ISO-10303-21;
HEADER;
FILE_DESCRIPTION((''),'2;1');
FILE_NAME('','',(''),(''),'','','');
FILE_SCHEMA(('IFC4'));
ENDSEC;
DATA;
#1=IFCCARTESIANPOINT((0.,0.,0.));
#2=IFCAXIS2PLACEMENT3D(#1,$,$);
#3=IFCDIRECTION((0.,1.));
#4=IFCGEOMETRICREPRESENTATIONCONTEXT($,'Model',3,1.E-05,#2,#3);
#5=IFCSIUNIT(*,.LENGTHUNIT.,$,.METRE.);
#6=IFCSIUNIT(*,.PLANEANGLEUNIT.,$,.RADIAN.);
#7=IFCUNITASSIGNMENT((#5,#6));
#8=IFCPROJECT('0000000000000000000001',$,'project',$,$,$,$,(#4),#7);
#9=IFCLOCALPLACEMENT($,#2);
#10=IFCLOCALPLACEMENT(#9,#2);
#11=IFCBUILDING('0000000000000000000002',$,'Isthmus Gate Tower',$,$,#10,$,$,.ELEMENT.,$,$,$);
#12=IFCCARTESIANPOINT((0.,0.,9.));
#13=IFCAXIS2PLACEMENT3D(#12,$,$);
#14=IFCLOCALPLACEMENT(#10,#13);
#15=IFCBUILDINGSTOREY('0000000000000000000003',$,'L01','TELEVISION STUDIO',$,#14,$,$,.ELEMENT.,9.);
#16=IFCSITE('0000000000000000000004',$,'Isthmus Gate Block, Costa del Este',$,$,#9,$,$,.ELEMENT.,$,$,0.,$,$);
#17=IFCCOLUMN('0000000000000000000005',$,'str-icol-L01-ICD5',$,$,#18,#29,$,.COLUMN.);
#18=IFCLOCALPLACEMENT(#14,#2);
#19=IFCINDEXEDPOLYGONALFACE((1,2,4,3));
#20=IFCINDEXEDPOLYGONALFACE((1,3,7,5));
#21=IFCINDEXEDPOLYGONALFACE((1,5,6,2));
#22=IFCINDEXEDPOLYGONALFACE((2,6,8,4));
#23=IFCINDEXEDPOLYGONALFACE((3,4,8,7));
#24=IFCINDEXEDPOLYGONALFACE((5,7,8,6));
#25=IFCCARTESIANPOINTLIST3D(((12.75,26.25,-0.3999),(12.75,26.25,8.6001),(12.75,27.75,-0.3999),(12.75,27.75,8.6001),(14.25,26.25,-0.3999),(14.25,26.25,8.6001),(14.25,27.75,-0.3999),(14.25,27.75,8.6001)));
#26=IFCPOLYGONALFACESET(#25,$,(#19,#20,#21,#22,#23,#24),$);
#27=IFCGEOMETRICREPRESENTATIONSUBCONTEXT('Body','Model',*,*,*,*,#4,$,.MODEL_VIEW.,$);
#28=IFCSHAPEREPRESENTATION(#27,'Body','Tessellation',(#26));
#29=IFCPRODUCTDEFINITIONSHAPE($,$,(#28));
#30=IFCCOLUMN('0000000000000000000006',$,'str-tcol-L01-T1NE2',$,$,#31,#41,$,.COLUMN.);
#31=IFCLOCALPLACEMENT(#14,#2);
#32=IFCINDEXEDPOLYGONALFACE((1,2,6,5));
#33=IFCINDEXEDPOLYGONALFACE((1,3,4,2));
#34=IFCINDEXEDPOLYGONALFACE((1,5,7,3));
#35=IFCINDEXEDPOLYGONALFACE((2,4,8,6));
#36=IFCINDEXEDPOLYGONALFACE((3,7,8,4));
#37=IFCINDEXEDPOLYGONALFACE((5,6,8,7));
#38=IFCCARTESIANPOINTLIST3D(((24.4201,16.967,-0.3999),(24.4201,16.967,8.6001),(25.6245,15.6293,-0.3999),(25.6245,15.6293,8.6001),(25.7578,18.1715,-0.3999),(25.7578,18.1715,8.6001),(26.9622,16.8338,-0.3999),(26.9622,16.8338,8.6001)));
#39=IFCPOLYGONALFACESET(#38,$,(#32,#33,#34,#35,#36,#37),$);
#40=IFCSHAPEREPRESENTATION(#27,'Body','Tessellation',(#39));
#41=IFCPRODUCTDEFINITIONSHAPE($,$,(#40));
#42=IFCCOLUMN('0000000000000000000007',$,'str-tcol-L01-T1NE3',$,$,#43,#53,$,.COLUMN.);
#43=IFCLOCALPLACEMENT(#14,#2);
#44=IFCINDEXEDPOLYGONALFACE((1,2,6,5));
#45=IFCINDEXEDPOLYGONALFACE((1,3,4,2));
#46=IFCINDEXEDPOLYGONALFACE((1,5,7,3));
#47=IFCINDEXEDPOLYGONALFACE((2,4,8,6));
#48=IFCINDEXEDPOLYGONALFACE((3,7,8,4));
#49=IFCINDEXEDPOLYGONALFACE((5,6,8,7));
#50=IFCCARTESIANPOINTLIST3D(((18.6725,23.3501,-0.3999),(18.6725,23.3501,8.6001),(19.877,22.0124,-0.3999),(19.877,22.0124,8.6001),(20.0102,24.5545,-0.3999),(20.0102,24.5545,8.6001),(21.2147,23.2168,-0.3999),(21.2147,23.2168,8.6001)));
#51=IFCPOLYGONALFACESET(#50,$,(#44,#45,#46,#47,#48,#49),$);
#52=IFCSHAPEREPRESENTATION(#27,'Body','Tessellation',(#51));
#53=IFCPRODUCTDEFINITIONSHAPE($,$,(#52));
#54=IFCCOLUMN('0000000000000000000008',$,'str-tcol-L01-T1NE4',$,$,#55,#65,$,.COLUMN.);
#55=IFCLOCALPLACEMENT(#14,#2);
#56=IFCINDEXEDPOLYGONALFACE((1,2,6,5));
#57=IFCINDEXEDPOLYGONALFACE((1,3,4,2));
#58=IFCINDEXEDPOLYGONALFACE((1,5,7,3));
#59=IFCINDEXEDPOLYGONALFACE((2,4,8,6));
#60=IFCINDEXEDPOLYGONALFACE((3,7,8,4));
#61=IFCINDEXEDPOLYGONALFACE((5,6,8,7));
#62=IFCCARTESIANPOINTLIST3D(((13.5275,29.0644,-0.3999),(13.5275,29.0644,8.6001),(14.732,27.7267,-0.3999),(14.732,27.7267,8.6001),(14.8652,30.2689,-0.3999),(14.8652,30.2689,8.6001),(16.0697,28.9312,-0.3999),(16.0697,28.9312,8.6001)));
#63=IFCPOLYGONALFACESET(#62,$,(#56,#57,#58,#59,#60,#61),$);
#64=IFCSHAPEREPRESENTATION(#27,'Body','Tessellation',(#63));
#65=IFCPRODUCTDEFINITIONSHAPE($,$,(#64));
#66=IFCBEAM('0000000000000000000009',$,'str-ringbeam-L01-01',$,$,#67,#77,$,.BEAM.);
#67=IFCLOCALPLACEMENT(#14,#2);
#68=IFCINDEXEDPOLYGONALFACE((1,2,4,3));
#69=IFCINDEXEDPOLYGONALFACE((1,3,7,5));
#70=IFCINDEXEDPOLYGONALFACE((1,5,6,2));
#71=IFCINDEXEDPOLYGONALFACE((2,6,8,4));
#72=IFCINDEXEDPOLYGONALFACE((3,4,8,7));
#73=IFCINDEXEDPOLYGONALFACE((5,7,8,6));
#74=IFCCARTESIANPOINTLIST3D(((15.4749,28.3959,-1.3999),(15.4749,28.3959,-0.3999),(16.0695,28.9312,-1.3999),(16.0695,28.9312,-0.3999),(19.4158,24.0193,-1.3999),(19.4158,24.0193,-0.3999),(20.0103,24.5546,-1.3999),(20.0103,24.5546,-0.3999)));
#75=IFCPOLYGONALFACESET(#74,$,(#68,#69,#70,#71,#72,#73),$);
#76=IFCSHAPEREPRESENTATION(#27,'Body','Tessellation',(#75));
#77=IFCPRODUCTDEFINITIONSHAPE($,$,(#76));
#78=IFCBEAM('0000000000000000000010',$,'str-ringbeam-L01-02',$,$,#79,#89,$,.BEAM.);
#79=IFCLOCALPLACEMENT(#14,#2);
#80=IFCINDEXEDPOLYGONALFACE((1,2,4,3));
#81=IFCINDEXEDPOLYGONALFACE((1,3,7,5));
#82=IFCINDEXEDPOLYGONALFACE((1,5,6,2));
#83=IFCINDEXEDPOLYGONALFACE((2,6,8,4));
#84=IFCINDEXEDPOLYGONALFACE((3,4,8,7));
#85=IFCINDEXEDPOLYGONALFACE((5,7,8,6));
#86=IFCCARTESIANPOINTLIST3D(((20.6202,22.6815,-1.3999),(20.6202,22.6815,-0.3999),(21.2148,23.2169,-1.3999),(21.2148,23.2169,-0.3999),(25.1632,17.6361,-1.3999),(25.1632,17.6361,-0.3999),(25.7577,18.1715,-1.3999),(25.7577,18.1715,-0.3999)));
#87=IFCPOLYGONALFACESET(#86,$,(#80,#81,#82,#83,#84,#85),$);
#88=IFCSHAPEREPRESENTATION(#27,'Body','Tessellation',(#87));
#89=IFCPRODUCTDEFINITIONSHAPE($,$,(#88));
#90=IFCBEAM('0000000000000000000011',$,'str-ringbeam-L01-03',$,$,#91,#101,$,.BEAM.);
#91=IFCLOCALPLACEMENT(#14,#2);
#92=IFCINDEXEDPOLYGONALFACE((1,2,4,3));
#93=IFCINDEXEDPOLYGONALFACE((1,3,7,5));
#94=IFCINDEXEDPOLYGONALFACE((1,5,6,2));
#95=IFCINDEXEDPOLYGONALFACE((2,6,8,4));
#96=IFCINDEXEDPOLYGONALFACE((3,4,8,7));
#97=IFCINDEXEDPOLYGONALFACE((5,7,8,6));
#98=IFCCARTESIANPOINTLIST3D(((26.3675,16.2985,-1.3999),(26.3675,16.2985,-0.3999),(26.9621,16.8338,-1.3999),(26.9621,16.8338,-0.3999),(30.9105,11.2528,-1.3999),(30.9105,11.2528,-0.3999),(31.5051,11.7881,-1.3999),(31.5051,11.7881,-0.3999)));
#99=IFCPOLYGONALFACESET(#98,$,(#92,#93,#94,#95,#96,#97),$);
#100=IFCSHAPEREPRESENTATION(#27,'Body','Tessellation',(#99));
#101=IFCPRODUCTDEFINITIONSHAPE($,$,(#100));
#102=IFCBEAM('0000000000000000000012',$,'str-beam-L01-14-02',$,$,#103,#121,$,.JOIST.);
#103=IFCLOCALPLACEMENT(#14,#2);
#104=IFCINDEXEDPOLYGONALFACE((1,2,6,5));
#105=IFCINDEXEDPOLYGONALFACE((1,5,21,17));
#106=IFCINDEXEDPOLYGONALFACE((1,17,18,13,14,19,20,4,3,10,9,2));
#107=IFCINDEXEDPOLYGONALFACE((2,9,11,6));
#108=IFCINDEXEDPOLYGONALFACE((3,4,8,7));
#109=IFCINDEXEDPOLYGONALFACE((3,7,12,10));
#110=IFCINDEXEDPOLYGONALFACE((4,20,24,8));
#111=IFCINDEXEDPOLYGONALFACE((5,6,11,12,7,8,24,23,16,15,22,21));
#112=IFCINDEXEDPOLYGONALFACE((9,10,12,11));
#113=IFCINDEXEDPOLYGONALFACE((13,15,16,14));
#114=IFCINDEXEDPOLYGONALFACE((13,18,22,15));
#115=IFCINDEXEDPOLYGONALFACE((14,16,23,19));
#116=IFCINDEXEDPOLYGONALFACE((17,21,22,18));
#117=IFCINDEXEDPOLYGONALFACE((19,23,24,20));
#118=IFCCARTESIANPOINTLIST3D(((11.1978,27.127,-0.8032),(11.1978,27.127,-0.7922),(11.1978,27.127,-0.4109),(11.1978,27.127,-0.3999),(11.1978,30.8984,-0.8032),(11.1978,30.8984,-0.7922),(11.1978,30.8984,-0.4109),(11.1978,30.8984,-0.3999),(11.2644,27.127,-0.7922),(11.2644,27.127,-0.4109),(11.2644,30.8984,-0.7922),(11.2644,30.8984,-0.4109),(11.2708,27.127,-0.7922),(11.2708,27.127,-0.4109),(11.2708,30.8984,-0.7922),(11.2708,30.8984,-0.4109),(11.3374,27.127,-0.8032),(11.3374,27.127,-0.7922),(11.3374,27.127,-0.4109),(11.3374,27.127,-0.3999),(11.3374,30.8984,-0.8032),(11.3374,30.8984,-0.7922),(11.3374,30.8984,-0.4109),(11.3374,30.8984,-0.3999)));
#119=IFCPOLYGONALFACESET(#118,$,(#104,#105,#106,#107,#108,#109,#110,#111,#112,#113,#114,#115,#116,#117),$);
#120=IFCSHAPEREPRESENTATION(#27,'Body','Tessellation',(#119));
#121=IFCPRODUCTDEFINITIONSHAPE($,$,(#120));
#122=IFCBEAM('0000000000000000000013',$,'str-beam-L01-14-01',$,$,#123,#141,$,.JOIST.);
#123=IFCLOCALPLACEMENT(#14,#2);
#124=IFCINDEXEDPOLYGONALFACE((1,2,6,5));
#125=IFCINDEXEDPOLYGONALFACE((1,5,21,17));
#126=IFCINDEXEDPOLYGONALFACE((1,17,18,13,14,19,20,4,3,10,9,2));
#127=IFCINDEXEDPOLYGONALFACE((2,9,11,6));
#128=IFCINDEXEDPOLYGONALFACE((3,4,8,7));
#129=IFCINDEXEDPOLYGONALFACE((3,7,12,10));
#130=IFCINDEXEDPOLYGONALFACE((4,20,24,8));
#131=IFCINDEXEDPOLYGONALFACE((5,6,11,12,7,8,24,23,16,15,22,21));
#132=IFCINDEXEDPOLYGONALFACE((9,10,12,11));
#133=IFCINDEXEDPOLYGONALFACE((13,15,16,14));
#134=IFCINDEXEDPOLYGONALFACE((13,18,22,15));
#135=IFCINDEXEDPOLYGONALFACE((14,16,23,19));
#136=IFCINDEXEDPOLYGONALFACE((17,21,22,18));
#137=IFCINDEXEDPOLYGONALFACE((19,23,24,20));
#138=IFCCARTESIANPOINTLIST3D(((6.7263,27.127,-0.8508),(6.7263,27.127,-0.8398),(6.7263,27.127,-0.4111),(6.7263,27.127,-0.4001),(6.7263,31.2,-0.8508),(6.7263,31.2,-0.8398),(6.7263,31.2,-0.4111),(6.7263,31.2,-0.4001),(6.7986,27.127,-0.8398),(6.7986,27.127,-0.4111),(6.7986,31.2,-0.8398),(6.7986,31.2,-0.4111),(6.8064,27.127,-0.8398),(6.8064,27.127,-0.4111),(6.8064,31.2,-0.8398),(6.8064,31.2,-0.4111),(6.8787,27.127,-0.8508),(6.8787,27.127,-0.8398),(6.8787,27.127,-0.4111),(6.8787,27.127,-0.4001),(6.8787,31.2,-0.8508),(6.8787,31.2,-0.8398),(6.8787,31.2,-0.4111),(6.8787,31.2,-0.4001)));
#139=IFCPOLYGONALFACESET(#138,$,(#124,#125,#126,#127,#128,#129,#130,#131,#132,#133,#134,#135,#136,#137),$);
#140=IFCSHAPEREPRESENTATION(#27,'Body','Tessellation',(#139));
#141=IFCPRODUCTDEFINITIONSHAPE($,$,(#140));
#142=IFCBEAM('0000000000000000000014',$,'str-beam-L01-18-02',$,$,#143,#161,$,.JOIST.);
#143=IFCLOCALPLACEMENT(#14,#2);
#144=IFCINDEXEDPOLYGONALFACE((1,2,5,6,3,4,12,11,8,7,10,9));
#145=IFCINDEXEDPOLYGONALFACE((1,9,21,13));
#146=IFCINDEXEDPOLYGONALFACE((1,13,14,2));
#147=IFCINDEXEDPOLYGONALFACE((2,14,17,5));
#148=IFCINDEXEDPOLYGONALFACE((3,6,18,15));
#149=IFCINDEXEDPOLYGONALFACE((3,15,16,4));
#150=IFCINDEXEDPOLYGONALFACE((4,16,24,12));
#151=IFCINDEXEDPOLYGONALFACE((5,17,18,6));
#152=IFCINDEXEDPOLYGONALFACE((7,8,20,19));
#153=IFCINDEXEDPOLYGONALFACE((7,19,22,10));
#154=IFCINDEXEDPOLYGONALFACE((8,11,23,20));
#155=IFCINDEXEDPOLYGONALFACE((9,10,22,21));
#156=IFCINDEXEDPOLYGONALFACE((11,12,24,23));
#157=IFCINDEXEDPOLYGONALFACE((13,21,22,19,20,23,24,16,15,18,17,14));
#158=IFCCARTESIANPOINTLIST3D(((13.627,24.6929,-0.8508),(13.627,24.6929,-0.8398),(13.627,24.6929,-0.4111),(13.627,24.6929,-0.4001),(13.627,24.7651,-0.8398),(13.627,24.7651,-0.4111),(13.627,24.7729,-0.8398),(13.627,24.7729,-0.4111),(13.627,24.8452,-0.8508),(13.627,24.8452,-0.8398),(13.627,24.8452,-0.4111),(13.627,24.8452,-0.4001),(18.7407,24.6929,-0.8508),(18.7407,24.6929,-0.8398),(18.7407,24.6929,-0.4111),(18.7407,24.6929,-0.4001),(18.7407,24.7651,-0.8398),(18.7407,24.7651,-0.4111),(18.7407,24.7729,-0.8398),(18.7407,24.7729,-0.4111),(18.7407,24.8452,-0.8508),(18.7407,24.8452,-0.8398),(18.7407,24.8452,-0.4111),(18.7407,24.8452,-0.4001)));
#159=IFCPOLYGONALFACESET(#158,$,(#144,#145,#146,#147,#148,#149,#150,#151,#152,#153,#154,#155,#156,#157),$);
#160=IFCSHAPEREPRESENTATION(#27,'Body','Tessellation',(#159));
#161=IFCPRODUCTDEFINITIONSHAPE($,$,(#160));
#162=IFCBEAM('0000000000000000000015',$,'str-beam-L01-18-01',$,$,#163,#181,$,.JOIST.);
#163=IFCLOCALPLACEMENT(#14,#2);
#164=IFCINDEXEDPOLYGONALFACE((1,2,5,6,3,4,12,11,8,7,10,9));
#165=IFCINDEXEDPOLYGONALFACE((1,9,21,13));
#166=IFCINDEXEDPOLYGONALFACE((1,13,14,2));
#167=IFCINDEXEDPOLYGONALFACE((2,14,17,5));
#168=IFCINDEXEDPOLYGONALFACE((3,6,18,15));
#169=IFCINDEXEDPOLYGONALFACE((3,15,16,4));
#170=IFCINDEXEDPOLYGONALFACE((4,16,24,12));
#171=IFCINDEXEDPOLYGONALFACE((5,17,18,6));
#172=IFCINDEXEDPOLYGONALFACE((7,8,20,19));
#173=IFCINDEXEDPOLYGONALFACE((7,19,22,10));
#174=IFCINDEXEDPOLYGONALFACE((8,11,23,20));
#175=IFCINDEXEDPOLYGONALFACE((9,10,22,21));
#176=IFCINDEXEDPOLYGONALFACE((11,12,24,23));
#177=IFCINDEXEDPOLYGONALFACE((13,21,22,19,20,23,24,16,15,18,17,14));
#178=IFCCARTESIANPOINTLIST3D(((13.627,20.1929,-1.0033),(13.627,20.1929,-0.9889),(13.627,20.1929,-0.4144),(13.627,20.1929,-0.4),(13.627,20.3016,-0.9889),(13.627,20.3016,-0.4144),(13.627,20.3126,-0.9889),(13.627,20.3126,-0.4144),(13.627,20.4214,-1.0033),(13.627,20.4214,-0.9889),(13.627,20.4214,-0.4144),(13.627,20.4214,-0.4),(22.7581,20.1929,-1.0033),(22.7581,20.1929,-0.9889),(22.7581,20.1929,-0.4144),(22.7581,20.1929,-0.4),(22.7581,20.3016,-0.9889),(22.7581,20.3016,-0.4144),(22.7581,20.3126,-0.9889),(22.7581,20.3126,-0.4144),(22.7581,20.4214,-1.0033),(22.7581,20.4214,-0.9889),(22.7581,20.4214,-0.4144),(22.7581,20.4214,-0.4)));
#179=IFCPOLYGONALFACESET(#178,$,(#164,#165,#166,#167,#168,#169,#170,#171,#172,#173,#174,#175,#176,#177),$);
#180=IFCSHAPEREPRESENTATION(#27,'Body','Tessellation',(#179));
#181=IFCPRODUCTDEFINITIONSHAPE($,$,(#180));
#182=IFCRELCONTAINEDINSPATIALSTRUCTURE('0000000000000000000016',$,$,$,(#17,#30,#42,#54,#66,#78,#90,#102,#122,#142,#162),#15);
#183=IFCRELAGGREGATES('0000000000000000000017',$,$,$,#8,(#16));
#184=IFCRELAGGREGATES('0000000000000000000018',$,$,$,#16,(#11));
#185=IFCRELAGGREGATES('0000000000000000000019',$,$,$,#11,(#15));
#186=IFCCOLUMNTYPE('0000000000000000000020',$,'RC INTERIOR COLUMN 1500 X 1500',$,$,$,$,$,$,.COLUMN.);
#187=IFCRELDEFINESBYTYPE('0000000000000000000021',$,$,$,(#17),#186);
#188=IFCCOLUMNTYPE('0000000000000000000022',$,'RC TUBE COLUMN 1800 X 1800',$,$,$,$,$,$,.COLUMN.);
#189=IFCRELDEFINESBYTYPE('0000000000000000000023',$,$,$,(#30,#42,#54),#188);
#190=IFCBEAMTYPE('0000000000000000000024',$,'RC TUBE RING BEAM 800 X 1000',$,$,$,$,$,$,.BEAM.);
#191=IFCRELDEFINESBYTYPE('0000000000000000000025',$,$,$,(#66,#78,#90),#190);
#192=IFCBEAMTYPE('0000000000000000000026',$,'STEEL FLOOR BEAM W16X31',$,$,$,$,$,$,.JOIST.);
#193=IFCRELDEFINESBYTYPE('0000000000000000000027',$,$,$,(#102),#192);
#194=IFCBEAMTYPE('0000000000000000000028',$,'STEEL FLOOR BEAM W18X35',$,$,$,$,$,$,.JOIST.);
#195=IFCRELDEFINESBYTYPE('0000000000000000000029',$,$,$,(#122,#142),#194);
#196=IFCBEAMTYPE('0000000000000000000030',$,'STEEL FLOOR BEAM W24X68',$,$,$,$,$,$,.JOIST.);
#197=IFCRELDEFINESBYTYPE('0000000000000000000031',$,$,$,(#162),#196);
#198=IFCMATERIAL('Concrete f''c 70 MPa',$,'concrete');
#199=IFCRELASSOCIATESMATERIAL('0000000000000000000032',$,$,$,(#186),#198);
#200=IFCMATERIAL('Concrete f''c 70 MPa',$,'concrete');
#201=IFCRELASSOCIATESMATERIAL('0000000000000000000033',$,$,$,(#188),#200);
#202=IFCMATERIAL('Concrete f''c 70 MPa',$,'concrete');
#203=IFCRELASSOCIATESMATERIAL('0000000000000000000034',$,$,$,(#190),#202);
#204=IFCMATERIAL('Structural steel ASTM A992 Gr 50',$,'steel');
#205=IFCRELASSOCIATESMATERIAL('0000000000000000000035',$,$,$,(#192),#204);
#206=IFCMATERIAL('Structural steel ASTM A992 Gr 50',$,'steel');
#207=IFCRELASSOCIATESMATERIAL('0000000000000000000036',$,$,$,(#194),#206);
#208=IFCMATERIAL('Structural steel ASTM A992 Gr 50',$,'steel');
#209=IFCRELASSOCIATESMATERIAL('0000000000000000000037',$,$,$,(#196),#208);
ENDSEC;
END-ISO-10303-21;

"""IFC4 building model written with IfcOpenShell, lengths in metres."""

from ifc_helpers import new_model, si_unit, direction, frame, origin, origin_2d, place, context, subcontext, project, spatial, rectangle, i_section, extrude, material, material_profile, profile_set, type_object, element, save


model = new_model("IFC4")

# Units and contexts
model_context = context("Model", 3, precision=1e-05, world=origin(), true_north=direction((0.0, 1.0)))
body_context = subcontext(model_context, "Body", "Model", "MODEL_VIEW")
ifc_project = project(units=[si_unit("LENGTHUNIT", "METRE"), si_unit("PLANEANGLEUNIT", "RADIAN")], contexts=[model_context])

# Site, building, storey
site_placement = place(None, origin())
site = spatial("IfcSite", under=ifc_project, at=site_placement, Name="Isthmus Gate Block, Costa del Este", CompositionType="ELEMENT", RefElevation=0.0)
building_placement = place(site_placement, origin())
building = spatial("IfcBuilding", under=site, at=building_placement, Name="Isthmus Gate Tower", CompositionType="ELEMENT")
storey_placement = place(building_placement, frame((0.0, 0.0, 9.0)))
storey = spatial("IfcBuildingStorey", under=building, at=storey_placement, Name="L01", Description="TELEVISION STUDIO", CompositionType="ELEMENT", Elevation=9.0)

# Columns
ifc_material_1 = material(Name="Concrete f'c 70 MPa", Category="concrete")
ifc_material_profile_1 = material_profile(ifc_material_1, rectangle(XDim=1.5, YDim=1.5, at=origin_2d()), Name="RC 1500X1500")
ifc_profile_set_1 = profile_set([ifc_material_profile_1], Name="Concrete f'c 70 MPa")
column_type_1 = type_object("IfcColumnType", Name="RC INTERIOR COLUMN 1500 X 1500", PredefinedType="COLUMN", material=ifc_profile_set_1)
column_placement = place(storey_placement, frame((13.5, 27.0, -0.3999), z_axis=(0.0, 0.0, 1.0), x_axis=(1.0, 0.0, 0.0)))
element("IfcColumn", 1, at=column_placement, inside=storey, type_object=column_type_1, Name="str-icol-L01-ICD5", PredefinedType="COLUMN", context=body_context, shape_type="SweptSolid", body=[
    extrude(rectangle(XDim=1.5, YDim=1.5, at=origin_2d()), origin(), (0.0, 0.0, 1.0), 9.0),
])
ifc_material_2 = material(Name="Concrete f'c 70 MPa", Category="concrete")
ifc_material_profile_2 = material_profile(ifc_material_2, rectangle(XDim=1.8, YDim=1.8, at=origin_2d()), Name="RC 1800X1800")
ifc_profile_set_2 = profile_set([ifc_material_profile_2], Name="Concrete f'c 70 MPa")
column_type_2 = type_object("IfcColumnType", Name="RC TUBE COLUMN 1800 X 1800", PredefinedType="COLUMN", material=ifc_profile_set_2)
for number, where, z_axis, x_axis, name in (
    (2, (25.6912, 16.9004, -0.3999), (0.0, 0.0, 1.0), (-0.669131, 0.743145, 0.0), "str-tcol-L01-T1NE2"),
    (3, (19.9436, 23.2834, -0.3999), (0.0, 0.0, 1.0), (-0.669131, 0.743145, 0.0), "str-tcol-L01-T1NE3"),
    (4, (14.7986, 28.9978, -0.3999), (0.0, 0.0, 1.0), (-0.669131, 0.743145, 0.0), "str-tcol-L01-T1NE4"),
):
    element("IfcColumn", number, at=place(storey_placement, frame(where, z_axis=z_axis, x_axis=x_axis)), inside=storey, type_object=column_type_2, Name=name, PredefinedType="COLUMN", context=body_context, shape_type="SweptSolid", body=[
        extrude(rectangle(XDim=1.8, YDim=1.8, at=origin_2d()), origin(), (0.0, 0.0, 1.0), 9.0),
    ])

# Beams
ifc_material_3 = material(Name="Concrete f'c 70 MPa", Category="concrete")
ifc_material_profile_3 = material_profile(ifc_material_3, rectangle(XDim=0.8, YDim=1.0, at=origin_2d()), Name="RC 800X1000")
ifc_profile_set_3 = profile_set([ifc_material_profile_3], Name="Concrete f'c 70 MPa")
beam_type_1 = type_object("IfcBeamType", Name="RC TUBE RING BEAM 800 X 1000", PredefinedType="BEAM", material=ifc_profile_set_3)
beam_1_placement = place(storey_placement, frame((15.7722, 28.6636, -0.8999), z_axis=(0.669141, -0.743135, 0.0), x_axis=(0.743135, 0.669141, 0.0)))
element("IfcBeam", 5, at=beam_1_placement, inside=storey, type_object=beam_type_1, Name="str-ringbeam-L01-01", PredefinedType="BEAM", context=body_context, shape_type="SweptSolid", body=[
    extrude(rectangle(XDim=0.8, YDim=1.0, at=origin_2d()), origin(), (0.0, 0.0, 1.0), 5.8894),
])
beam_2_placement = place(storey_placement, frame((20.9175, 22.9492, -0.8999), z_axis=(0.669136, -0.74314, 0.0), x_axis=(0.74314, 0.669136, 0.0)))
element("IfcBeam", 6, at=beam_2_placement, inside=storey, type_object=beam_type_1, Name="str-ringbeam-L01-02", PredefinedType="BEAM", context=body_context, shape_type="SweptSolid", body=[
    extrude(rectangle(XDim=0.8, YDim=1.0, at=origin_2d()), origin(), (0.0, 0.0, 1.0), 6.7893),
])
beam_3_placement = place(storey_placement, frame((26.6648, 16.5662, -0.8999), z_axis=(0.669118, -0.743156, 0.0), x_axis=(0.743156, 0.669118, 0.0)))
element("IfcBeam", 7, at=beam_3_placement, inside=storey, type_object=beam_type_1, Name="str-ringbeam-L01-03", PredefinedType="BEAM", context=body_context, shape_type="SweptSolid", body=[
    extrude(rectangle(XDim=0.8, YDim=1.0, at=origin_2d()), origin(), (0.0, 0.0, 1.0), 6.7896),
])
ifc_material_4 = material(Name="Structural steel ASTM A992 Gr 50", Category="steel")
ifc_material_profile_4 = material_profile(ifc_material_4, i_section(OverallWidth=0.1396, OverallDepth=0.4033, WebThickness=0.0063, FlangeThickness=0.011, at=origin_2d()), Name="W16X31")
ifc_profile_set_4 = profile_set([ifc_material_profile_4], Name="Structural steel ASTM A992 Gr 50")
beam_type_2 = type_object("IfcBeamType", Name="STEEL FLOOR BEAM W16X31", PredefinedType="JOIST", material=ifc_profile_set_4)
beam_4_placement = place(storey_placement, frame((11.2676, 27.127, -0.6016), z_axis=(0.0, 1.0, 0.0), x_axis=(-1.0, 0.0, 0.0)))
element("IfcBeam", 8, at=beam_4_placement, inside=storey, type_object=beam_type_2, Name="str-beam-L01-14-02", PredefinedType="JOIST", context=body_context, shape_type="SweptSolid", body=[
    extrude(i_section(OverallWidth=0.1396, OverallDepth=0.4033, WebThickness=0.0063, FlangeThickness=0.011, at=origin_2d()), origin(), (0.0, 0.0, 1.0), 3.7715),
])
ifc_material_5 = material(Name="Structural steel ASTM A992 Gr 50", Category="steel")
ifc_material_profile_5 = material_profile(ifc_material_5, i_section(OverallWidth=0.1523, OverallDepth=0.4507, WebThickness=0.0078, FlangeThickness=0.011, at=origin_2d()), Name="W18X35")
ifc_profile_set_5 = profile_set([ifc_material_profile_5], Name="Structural steel ASTM A992 Gr 50")
beam_type_3 = type_object("IfcBeamType", Name="STEEL FLOOR BEAM W18X35", PredefinedType="JOIST", material=ifc_profile_set_5)
beam_5_placement = place(storey_placement, frame((6.8025, 27.127, -0.6255), z_axis=(0.0, 1.0, 0.0), x_axis=(-1.0, 0.0, 0.0)))
element("IfcBeam", 9, at=beam_5_placement, inside=storey, type_object=beam_type_3, Name="str-beam-L01-14-01", PredefinedType="JOIST", context=body_context, shape_type="SweptSolid", body=[
    extrude(i_section(OverallWidth=0.1523, OverallDepth=0.4507, WebThickness=0.0078, FlangeThickness=0.011, at=origin_2d()), origin(), (0.0, 0.0, 1.0), 4.073),
])
beam_6_placement = place(storey_placement, frame((13.627, 24.769, -0.6255), z_axis=(1.0, 0.0, 0.0), x_axis=(0.0, 1.0, 0.0)))
element("IfcBeam", 10, at=beam_6_placement, inside=storey, type_object=beam_type_3, Name="str-beam-L01-18-02", PredefinedType="JOIST", context=body_context, shape_type="SweptSolid", body=[
    extrude(i_section(OverallWidth=0.1523, OverallDepth=0.4507, WebThickness=0.0078, FlangeThickness=0.011, at=origin_2d()), origin(), (0.0, 0.0, 1.0), 5.1138),
])
ifc_material_6 = material(Name="Structural steel ASTM A992 Gr 50", Category="steel")
ifc_material_profile_6 = material_profile(ifc_material_6, i_section(OverallWidth=0.2285, OverallDepth=0.6033, WebThickness=0.011, FlangeThickness=0.0144, at=origin_2d()), Name="W24X68")
ifc_profile_set_6 = profile_set([ifc_material_profile_6], Name="Structural steel ASTM A992 Gr 50")
beam_type_4 = type_object("IfcBeamType", Name="STEEL FLOOR BEAM W24X68", PredefinedType="JOIST", material=ifc_profile_set_6)
beam_7_placement = place(storey_placement, frame((13.627, 20.3071, -0.7017), z_axis=(1.0, 0.0, 0.0), x_axis=(0.0, 1.0, 0.0)))
element("IfcBeam", 11, at=beam_7_placement, inside=storey, type_object=beam_type_4, Name="str-beam-L01-18-01", PredefinedType="JOIST", context=body_context, shape_type="SweptSolid", body=[
    extrude(i_section(OverallWidth=0.2285, OverallDepth=0.6033, WebThickness=0.011, FlangeThickness=0.0144, at=origin_2d()), origin(), (0.0, 0.0, 1.0), 9.1311),
])

save(model, "model.ifc")
